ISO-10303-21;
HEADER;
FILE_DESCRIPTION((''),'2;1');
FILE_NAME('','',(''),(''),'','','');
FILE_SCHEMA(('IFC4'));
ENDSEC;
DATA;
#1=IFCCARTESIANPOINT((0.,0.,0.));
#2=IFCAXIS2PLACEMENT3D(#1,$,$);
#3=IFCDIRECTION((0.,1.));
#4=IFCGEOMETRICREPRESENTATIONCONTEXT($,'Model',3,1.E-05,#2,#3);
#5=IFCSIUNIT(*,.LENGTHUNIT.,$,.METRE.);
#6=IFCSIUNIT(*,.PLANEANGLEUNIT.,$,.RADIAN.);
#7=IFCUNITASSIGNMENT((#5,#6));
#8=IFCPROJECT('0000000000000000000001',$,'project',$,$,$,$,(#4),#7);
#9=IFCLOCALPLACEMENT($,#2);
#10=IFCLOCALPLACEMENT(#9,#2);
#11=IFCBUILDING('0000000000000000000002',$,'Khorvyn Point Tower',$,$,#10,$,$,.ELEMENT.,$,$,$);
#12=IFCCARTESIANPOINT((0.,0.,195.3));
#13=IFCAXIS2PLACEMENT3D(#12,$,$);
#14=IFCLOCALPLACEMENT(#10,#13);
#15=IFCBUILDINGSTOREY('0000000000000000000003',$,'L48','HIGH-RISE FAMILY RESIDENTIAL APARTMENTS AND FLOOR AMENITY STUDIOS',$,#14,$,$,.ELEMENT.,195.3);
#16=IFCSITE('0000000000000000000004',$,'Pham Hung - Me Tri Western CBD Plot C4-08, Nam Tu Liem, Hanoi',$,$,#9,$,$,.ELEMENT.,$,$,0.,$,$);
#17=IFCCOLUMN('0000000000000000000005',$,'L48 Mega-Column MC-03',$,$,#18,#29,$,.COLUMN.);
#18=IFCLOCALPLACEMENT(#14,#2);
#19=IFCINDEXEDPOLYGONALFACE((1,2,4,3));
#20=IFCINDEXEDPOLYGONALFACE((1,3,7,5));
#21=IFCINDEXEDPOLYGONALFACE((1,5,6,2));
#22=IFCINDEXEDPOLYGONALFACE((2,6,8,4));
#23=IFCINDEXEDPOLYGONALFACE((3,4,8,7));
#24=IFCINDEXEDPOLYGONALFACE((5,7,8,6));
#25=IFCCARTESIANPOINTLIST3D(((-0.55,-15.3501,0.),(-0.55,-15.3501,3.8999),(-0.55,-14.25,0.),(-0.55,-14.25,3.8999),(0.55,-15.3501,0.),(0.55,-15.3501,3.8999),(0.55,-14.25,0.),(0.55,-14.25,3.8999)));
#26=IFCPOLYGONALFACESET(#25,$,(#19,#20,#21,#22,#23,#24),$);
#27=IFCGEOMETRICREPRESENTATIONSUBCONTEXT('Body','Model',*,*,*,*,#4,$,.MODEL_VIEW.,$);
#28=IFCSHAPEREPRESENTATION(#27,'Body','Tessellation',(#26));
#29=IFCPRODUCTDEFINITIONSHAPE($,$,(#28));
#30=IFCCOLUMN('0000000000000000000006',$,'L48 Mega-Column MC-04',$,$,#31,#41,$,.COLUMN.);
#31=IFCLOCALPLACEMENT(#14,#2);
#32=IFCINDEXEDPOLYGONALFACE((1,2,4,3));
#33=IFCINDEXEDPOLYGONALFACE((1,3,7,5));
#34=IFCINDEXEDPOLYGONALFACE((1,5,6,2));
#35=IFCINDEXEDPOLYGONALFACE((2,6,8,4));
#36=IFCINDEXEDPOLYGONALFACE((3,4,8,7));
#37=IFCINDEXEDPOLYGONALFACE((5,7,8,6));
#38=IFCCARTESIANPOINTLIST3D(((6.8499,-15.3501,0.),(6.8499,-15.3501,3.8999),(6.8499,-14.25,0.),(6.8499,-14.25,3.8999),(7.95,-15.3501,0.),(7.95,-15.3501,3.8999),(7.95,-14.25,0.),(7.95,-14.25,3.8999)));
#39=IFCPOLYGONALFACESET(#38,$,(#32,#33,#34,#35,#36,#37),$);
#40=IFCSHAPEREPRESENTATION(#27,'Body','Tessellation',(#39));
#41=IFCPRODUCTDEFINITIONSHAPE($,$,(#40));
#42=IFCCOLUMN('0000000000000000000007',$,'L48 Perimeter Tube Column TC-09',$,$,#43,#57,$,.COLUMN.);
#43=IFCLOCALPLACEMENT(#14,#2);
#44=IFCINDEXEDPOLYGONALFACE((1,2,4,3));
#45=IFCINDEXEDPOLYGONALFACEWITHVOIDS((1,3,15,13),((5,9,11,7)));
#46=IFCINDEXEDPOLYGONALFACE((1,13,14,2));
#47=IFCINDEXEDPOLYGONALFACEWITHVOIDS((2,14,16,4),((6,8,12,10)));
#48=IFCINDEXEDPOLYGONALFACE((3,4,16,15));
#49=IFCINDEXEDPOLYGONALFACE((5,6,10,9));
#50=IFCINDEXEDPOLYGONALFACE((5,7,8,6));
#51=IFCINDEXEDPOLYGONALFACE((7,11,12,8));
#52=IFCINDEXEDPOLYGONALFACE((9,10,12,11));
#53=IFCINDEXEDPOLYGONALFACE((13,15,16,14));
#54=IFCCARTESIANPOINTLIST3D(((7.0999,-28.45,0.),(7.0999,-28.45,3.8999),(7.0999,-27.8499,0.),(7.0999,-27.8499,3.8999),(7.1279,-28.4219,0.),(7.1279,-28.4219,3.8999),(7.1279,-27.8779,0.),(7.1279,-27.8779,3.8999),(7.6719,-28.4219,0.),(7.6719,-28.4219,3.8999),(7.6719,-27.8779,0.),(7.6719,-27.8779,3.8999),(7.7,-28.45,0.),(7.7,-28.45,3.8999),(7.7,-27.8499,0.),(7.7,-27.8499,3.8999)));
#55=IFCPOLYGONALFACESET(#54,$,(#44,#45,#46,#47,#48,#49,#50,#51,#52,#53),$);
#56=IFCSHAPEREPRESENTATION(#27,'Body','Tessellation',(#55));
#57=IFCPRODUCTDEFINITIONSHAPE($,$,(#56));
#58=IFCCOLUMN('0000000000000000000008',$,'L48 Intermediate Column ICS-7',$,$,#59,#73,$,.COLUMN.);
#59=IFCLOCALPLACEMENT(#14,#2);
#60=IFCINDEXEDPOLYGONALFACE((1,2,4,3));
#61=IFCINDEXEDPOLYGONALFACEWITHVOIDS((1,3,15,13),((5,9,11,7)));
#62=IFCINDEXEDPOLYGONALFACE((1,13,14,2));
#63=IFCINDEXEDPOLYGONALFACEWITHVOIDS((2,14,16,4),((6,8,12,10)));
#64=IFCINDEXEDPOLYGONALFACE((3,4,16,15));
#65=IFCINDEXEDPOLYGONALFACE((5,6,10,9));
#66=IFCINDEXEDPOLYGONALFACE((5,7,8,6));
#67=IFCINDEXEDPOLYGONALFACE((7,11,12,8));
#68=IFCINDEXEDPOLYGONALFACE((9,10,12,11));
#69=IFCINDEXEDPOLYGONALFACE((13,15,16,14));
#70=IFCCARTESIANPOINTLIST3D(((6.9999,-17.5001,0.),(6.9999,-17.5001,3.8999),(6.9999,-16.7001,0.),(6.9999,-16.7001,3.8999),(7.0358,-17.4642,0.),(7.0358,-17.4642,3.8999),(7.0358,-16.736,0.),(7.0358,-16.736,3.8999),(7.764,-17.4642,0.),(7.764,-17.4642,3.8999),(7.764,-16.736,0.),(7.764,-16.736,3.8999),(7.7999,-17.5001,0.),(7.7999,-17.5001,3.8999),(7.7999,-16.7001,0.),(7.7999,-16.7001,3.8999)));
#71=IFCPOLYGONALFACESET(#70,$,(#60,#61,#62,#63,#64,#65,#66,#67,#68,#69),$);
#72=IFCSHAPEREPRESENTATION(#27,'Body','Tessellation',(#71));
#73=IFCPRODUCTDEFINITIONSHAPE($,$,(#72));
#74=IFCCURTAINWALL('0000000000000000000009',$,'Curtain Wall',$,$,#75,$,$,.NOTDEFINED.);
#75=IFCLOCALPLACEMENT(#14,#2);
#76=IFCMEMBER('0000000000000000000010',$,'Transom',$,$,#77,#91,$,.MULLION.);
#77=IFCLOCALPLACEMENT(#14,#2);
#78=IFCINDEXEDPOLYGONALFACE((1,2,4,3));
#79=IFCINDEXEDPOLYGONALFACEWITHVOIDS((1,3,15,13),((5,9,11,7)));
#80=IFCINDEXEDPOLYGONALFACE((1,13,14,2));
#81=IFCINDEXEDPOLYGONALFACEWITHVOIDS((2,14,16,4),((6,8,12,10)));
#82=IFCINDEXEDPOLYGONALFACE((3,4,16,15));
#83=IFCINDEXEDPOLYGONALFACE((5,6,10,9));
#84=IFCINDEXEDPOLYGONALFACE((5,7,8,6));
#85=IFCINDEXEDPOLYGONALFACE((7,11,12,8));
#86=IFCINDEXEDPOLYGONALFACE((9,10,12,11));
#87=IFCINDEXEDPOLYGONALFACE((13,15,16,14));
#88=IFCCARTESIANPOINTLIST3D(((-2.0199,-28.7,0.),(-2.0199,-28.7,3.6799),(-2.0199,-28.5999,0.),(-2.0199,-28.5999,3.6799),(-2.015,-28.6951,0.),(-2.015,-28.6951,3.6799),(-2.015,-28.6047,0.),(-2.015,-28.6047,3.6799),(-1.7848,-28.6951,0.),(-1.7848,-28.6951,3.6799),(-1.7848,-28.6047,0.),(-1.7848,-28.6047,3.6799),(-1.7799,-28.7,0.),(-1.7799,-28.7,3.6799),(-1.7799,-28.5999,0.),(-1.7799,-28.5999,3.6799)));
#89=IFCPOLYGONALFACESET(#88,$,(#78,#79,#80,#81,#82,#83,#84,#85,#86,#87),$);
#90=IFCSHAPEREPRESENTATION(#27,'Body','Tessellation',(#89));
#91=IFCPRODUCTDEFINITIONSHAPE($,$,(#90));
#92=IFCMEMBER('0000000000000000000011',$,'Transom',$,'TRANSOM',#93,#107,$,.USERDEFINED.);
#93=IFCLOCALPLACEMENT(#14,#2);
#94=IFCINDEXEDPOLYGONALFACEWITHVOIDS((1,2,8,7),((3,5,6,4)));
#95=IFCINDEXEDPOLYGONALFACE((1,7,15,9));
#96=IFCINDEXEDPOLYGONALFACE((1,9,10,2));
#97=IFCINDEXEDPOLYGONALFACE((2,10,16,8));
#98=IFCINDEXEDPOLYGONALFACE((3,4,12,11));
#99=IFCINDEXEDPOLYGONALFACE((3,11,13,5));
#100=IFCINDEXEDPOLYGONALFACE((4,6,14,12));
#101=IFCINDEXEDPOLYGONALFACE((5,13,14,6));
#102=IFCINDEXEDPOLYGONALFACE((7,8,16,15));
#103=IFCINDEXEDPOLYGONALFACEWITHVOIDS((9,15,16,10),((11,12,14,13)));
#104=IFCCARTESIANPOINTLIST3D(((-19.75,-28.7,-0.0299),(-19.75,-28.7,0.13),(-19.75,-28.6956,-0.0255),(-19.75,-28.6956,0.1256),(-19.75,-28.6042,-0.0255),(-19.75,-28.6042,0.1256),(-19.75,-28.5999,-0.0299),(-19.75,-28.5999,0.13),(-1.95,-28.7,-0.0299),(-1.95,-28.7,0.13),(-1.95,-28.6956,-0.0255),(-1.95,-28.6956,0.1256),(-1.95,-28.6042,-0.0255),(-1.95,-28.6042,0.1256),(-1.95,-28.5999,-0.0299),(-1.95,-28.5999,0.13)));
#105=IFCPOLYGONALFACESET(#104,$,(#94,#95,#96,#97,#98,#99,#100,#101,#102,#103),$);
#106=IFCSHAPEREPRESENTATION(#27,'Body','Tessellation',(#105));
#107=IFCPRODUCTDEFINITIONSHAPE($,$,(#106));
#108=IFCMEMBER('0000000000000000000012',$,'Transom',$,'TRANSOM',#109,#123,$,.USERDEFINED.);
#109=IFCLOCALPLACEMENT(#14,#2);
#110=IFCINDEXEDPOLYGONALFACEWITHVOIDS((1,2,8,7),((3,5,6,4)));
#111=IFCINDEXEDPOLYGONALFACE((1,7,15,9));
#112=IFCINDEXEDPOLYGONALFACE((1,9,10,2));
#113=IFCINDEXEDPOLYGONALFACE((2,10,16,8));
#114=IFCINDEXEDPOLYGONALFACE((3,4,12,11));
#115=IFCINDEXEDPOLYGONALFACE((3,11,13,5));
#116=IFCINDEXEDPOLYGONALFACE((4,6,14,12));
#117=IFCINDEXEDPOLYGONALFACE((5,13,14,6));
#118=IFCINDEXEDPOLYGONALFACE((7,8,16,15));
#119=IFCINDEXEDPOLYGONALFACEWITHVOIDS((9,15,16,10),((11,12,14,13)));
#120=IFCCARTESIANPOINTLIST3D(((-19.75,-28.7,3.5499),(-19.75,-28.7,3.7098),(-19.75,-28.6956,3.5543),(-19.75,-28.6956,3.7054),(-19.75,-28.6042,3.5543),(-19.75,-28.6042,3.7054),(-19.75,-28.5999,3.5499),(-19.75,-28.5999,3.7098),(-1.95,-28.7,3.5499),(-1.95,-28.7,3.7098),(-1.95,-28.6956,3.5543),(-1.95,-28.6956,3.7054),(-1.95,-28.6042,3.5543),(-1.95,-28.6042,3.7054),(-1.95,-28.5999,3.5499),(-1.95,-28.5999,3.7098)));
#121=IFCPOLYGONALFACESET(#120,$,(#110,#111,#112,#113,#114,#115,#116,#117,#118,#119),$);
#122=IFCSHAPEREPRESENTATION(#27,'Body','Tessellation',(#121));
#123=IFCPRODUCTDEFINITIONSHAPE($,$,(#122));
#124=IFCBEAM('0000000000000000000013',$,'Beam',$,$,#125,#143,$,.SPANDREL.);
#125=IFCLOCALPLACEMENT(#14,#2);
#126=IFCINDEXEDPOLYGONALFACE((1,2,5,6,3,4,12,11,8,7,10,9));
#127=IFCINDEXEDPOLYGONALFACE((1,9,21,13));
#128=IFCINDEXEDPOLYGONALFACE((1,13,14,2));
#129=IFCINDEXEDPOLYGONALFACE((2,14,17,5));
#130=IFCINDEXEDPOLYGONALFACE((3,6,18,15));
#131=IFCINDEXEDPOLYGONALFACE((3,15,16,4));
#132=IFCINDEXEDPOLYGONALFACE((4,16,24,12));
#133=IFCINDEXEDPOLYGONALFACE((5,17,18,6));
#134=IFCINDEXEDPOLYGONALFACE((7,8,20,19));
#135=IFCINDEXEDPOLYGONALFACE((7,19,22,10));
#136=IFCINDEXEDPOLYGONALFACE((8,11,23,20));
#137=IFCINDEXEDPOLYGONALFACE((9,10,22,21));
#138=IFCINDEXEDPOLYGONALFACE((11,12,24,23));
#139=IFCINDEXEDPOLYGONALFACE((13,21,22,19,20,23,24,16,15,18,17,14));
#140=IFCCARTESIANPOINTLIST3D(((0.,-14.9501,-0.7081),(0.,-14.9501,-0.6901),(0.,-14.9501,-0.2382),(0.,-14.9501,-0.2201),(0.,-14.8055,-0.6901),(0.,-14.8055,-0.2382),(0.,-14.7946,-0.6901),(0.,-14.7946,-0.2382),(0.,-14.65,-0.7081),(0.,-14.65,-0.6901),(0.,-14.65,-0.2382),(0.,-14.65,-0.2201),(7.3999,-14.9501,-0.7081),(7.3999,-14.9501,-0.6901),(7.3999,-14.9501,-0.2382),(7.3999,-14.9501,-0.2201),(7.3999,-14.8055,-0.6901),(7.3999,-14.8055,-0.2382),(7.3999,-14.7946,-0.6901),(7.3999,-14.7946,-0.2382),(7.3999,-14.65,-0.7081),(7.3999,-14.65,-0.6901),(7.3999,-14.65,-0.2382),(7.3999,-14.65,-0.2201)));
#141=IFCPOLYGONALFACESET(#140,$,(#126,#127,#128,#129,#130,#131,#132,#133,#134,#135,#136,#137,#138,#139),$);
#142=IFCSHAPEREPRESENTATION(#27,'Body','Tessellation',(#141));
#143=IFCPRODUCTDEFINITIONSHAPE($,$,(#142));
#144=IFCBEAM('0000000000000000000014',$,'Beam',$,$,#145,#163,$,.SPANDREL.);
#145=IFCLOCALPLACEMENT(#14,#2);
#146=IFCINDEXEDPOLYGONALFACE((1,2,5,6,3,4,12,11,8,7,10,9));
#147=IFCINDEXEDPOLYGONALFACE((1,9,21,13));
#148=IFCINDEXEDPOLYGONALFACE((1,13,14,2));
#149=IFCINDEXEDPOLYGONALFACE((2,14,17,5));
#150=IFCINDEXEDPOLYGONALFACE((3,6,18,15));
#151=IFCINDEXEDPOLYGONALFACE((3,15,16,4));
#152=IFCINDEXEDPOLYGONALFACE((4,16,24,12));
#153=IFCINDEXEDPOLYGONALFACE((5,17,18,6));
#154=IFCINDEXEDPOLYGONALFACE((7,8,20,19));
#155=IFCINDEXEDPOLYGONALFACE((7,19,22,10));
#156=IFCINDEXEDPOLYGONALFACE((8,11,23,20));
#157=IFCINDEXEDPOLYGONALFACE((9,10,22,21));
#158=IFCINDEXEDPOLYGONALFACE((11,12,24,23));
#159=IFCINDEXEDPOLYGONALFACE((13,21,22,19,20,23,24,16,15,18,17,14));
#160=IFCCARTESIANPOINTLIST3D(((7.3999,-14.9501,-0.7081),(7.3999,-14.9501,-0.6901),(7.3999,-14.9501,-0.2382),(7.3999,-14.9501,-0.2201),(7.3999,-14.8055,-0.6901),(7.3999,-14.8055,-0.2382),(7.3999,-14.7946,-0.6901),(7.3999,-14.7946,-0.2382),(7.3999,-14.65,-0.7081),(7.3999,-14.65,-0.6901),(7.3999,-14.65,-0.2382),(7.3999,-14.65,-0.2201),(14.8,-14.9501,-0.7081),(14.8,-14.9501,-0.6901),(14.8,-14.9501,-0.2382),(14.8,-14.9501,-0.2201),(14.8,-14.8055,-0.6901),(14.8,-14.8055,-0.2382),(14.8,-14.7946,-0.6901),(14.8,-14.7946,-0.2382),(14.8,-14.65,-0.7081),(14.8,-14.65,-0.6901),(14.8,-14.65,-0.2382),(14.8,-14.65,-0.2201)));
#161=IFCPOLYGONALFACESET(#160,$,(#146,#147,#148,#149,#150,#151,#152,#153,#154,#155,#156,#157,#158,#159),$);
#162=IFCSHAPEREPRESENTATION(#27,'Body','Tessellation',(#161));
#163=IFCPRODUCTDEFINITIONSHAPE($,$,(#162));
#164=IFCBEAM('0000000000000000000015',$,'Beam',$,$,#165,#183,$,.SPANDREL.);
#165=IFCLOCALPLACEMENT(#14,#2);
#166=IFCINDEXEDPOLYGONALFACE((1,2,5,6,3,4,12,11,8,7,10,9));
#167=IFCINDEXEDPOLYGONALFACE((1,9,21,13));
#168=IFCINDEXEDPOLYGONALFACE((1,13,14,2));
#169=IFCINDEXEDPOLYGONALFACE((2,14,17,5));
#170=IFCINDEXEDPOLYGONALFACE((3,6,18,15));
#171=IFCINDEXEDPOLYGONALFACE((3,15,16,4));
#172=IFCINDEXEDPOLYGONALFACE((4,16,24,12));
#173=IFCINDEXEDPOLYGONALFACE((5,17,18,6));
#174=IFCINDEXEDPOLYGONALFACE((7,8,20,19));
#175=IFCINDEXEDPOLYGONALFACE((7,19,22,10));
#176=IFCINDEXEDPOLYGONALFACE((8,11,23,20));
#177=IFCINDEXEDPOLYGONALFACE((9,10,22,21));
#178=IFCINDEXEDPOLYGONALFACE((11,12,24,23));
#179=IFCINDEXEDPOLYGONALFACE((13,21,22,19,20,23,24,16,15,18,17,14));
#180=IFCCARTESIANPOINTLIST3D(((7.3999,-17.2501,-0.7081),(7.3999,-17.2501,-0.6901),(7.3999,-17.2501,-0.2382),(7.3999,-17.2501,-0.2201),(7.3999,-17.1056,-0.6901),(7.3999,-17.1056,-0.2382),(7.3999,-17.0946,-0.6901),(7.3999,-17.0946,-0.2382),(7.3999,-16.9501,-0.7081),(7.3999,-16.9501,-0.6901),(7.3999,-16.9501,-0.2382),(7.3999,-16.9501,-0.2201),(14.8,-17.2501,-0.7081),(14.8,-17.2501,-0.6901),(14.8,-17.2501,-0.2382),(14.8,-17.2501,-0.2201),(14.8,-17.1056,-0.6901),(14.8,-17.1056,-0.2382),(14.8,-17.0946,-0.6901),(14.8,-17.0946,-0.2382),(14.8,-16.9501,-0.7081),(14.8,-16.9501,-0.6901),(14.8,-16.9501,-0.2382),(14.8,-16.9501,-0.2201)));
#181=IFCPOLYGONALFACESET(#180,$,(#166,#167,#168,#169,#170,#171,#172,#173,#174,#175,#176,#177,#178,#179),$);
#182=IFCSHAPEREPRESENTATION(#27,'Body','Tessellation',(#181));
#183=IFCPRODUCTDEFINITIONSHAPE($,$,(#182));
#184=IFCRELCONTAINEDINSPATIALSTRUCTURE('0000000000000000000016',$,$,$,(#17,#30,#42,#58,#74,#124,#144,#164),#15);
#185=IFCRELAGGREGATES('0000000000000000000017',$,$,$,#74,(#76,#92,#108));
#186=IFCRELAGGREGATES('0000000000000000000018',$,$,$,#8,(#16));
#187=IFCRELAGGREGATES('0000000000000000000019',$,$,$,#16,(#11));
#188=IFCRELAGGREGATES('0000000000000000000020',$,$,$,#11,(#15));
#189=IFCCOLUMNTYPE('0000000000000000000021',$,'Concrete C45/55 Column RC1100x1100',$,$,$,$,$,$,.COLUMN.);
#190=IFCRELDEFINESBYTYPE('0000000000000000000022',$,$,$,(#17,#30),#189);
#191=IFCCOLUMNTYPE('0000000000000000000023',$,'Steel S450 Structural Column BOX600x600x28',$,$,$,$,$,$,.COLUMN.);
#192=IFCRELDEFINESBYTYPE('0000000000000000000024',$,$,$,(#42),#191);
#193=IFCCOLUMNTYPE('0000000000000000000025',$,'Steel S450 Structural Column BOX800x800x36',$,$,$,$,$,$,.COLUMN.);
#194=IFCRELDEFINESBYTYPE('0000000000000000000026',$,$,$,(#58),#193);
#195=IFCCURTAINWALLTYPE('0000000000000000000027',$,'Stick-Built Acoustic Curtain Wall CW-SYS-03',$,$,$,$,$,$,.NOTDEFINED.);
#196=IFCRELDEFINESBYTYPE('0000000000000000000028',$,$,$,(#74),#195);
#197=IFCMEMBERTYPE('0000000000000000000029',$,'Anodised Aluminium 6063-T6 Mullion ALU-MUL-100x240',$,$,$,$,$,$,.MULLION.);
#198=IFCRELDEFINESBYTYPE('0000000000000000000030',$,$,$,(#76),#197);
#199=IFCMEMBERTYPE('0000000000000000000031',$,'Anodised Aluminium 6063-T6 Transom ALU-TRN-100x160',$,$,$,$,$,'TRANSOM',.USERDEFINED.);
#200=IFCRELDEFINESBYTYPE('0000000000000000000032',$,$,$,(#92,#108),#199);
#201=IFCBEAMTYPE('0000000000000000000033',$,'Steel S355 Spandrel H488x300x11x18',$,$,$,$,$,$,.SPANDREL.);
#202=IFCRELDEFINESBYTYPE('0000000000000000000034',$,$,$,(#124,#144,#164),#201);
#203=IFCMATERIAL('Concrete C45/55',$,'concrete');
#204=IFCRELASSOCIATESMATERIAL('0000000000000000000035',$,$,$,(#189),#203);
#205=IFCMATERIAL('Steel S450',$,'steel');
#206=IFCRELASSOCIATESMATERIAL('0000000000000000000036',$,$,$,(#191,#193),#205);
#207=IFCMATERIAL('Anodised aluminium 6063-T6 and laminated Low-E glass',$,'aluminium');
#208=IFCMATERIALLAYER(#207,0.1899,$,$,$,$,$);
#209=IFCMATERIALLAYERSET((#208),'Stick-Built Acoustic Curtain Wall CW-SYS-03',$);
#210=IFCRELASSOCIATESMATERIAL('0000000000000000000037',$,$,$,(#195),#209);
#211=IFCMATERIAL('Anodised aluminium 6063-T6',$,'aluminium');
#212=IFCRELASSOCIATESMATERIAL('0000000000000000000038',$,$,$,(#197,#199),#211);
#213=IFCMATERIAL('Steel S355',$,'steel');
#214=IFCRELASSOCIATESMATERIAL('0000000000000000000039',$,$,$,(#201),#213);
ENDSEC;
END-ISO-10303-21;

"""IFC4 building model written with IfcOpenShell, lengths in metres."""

from ifc_helpers import new_model, si_unit, direction, frame, origin, origin_2d, place, context, subcontext, project, spatial, rectangle, hollow_rectangle, i_section, extrude, material, layer, layer_set, material_profile, profile_set, type_object, element, aggregate, save


model = new_model("IFC4")

# Units and contexts
model_context = context("Model", 3, precision=1e-05, world=origin(), true_north=direction((0.0, 1.0)))
body_context = subcontext(model_context, "Body", "Model", "MODEL_VIEW")
ifc_project = project(units=[si_unit("LENGTHUNIT", "METRE"), si_unit("PLANEANGLEUNIT", "RADIAN")], contexts=[model_context])

# Site, building, storey
site_placement = place(None, origin())
site = spatial("IfcSite", under=ifc_project, at=site_placement, Name="Pham Hung - Me Tri Western CBD Plot C4-08, Nam Tu Liem, Hanoi", CompositionType="ELEMENT", RefElevation=0.0)
building_placement = place(site_placement, origin())
building = spatial("IfcBuilding", under=site, at=building_placement, Name="Khorvyn Point Tower", CompositionType="ELEMENT")
storey_placement = place(building_placement, frame((0.0, 0.0, 195.3)))
storey = spatial("IfcBuildingStorey", under=building, at=storey_placement, Name="L48", Description="HIGH-RISE FAMILY RESIDENTIAL APARTMENTS AND FLOOR AMENITY STUDIOS", CompositionType="ELEMENT", Elevation=195.3)

# Columns
ifc_material_1 = material(Name="Concrete C45/55", Category="concrete")
ifc_material_profile_1 = material_profile(ifc_material_1, rectangle(XDim=1.1001, YDim=1.1001, at=origin_2d()))
ifc_profile_set_1 = profile_set([ifc_material_profile_1], Name="Concrete C45/55 RC1100x1100")
column_type_1 = type_object("IfcColumnType", Name="Concrete C45/55 Column RC1100x1100", PredefinedType="COLUMN", material=ifc_profile_set_1)
for number, where, z_axis, x_axis, name in (
    (1, (0.0, -14.8, 0.0), (0.0, 0.0, 1.0), (1.0, 0.0, 0.0), "L48 Mega-Column MC-03"),
    (2, (7.3999, -14.8, 0.0), (0.0, 0.0, 1.0), (1.0, 0.0, 0.0), "L48 Mega-Column MC-04"),
):
    element("IfcColumn", number, at=place(storey_placement, frame(where, z_axis=z_axis, x_axis=x_axis)), inside=storey, type_object=column_type_1, Name=name, PredefinedType="COLUMN", context=body_context, shape_type="SweptSolid", body=[
        extrude(rectangle(XDim=1.1001, YDim=1.1001, at=origin_2d()), origin(), (0.0, 0.0, 1.0), 3.8999),
    ])
ifc_material_2 = material(Name="Steel S450", Category="steel")
ifc_material_profile_2 = material_profile(ifc_material_2, hollow_rectangle(XDim=0.6001, YDim=0.6001, WallThickness=0.0281, at=origin_2d()))
ifc_profile_set_2 = profile_set([ifc_material_profile_2], Name="Steel S450 BOX600x600x28")
column_type_2 = type_object("IfcColumnType", Name="Steel S450 Structural Column BOX600x600x28", PredefinedType="COLUMN", material=ifc_profile_set_2)
column_1_placement = place(storey_placement, frame((7.3999, -28.1499, 0.0), z_axis=(0.0, 0.0, 1.0), x_axis=(1.0, 0.0, 0.0)))
element("IfcColumn", 3, at=column_1_placement, inside=storey, type_object=column_type_2, Name="L48 Perimeter Tube Column TC-09", PredefinedType="COLUMN", context=body_context, shape_type="SweptSolid", body=[
    extrude(hollow_rectangle(XDim=0.6001, YDim=0.6001, WallThickness=0.0281, at=origin_2d()), origin(), (0.0, 0.0, 1.0), 3.8999),
])
ifc_material_profile_3 = material_profile(ifc_material_2, hollow_rectangle(XDim=0.8, YDim=0.8, WallThickness=0.0359, at=origin_2d()))
ifc_profile_set_3 = profile_set([ifc_material_profile_3], Name="Steel S450 BOX800x800x36")
column_type_3 = type_object("IfcColumnType", Name="Steel S450 Structural Column BOX800x800x36", PredefinedType="COLUMN", material=ifc_profile_set_3)
column_2_placement = place(storey_placement, frame((7.3999, -17.1001, 0.0), z_axis=(0.0, 0.0, 1.0), x_axis=(1.0, 0.0, 0.0)))
element("IfcColumn", 4, at=column_2_placement, inside=storey, type_object=column_type_3, Name="L48 Intermediate Column ICS-7", PredefinedType="COLUMN", context=body_context, shape_type="SweptSolid", body=[
    extrude(hollow_rectangle(XDim=0.8, YDim=0.8, WallThickness=0.0359, at=origin_2d()), origin(), (0.0, 0.0, 1.0), 3.8999),
])

# Curtain wall, members
ifc_material_3 = material(Name="Anodised aluminium 6063-T6 and laminated Low-E glass", Category="aluminium")
ifc_layer_1 = layer(ifc_material_3, 0.1899)
ifc_layer_set_1 = layer_set([ifc_layer_1], Name="Stick-Built Acoustic Curtain Wall CW-SYS-03")
curtain_wall_type = type_object("IfcCurtainWallType", Name="Stick-Built Acoustic Curtain Wall CW-SYS-03", PredefinedType="NOTDEFINED", material=ifc_layer_set_1)
curtain_wall_placement = place(storey_placement, origin())
curtain_wall = element("IfcCurtainWall", 5, at=curtain_wall_placement, inside=storey, type_object=curtain_wall_type, Name="Curtain Wall", PredefinedType="NOTDEFINED")
ifc_material_4 = material(Name="Anodised aluminium 6063-T6", Category="aluminium")
ifc_material_profile_4 = material_profile(ifc_material_4, hollow_rectangle(XDim=0.1001, YDim=0.24, WallThickness=0.0049, at=origin_2d()))
ifc_profile_set_4 = profile_set([ifc_material_profile_4], Name="Anodised aluminium 6063-T6 ALU-MUL-100x240")
member_type_1 = type_object("IfcMemberType", Name="Anodised Aluminium 6063-T6 Mullion ALU-MUL-100x240", PredefinedType="MULLION", material=ifc_profile_set_4)
member_1_placement = place(storey_placement, frame((-1.8999, -28.6499, 0.0), z_axis=(0.0, 0.0, 1.0), x_axis=(0.0, -1.0, 0.0)))
member_1 = element("IfcMember", 6, at=member_1_placement, type_object=member_type_1, Name="Transom", PredefinedType="MULLION", context=body_context, shape_type="SweptSolid", body=[
    extrude(hollow_rectangle(XDim=0.1001, YDim=0.24, WallThickness=0.0049, at=origin_2d()), origin(), (0.0, 0.0, 1.0), 3.6799),
])
ifc_material_profile_5 = material_profile(ifc_material_4, hollow_rectangle(XDim=0.1001, YDim=0.1599, WallThickness=0.0044, at=origin_2d()))
ifc_profile_set_5 = profile_set([ifc_material_profile_5], Name="Anodised aluminium 6063-T6 ALU-TRN-100x160")
member_type_2 = type_object("IfcMemberType", Name="Anodised Aluminium 6063-T6 Transom ALU-TRN-100x160", ElementType="TRANSOM", PredefinedType="USERDEFINED", material=ifc_profile_set_5)
member_2_placement = place(storey_placement, frame((-1.95, -28.6499, 0.05), z_axis=(-1.0, 0.0, 0.0), x_axis=(0.0, -1.0, 0.0)))
member_2 = element("IfcMember", 7, at=member_2_placement, type_object=member_type_2, Name="Transom", ObjectType="TRANSOM", PredefinedType="USERDEFINED", context=body_context, shape_type="SweptSolid", body=[
    extrude(hollow_rectangle(XDim=0.1001, YDim=0.1599, WallThickness=0.0044, at=origin_2d()), origin(), (0.0, 0.0, 1.0), 17.8),
])
member_3_placement = place(storey_placement, frame((-1.95, -28.6499, 3.6299), z_axis=(-1.0, 0.0, 0.0), x_axis=(0.0, -1.0, 0.0)))
member_3 = element("IfcMember", 8, at=member_3_placement, type_object=member_type_2, Name="Transom", ObjectType="TRANSOM", PredefinedType="USERDEFINED", context=body_context, shape_type="SweptSolid", body=[
    extrude(hollow_rectangle(XDim=0.1001, YDim=0.1599, WallThickness=0.0044, at=origin_2d()), origin(), (0.0, 0.0, 1.0), 17.8),
])

# Beams
ifc_material_5 = material(Name="Steel S355", Category="steel")
ifc_material_profile_6 = material_profile(ifc_material_5, i_section(OverallWidth=0.3, OverallDepth=0.488, WebThickness=0.011, FlangeThickness=0.0181, at=origin_2d()))
ifc_profile_set_6 = profile_set([ifc_material_profile_6], Name="Steel S355 H488x300x11x18")
beam_type_1 = type_object("IfcBeamType", Name="Steel S355 Spandrel H488x300x11x18", PredefinedType="SPANDREL", material=ifc_profile_set_6)
beam_1_placement = place(storey_placement, frame((0.0, -14.8, -0.4641), z_axis=(1.0, 0.0, 0.0), x_axis=(0.0, 1.0, 0.0)))
element("IfcBeam", 9, at=beam_1_placement, inside=storey, type_object=beam_type_1, Name="Beam", PredefinedType="SPANDREL", context=body_context, shape_type="SweptSolid", body=[
    extrude(i_section(OverallWidth=0.3, OverallDepth=0.488, WebThickness=0.011, FlangeThickness=0.0181, at=origin_2d()), origin(), (0.0, 0.0, 1.0), 7.3999),
])
for number, where, z_axis, x_axis, name in (
    (10, (7.3999, -14.8, -0.4641), (1.0, 0.0, 0.0), (0.0, 1.0, 0.0), "Beam"),
    (11, (7.3999, -17.1001, -0.4641), (1.0, 0.0, 0.0), (0.0, 1.0, 0.0), "Beam"),
):
    element("IfcBeam", number, at=place(storey_placement, frame(where, z_axis=z_axis, x_axis=x_axis)), inside=storey, type_object=beam_type_1, Name=name, PredefinedType="SPANDREL", context=body_context, shape_type="SweptSolid", body=[
        extrude(i_section(OverallWidth=0.3, OverallDepth=0.488, WebThickness=0.011, FlangeThickness=0.0181, at=origin_2d()), origin(), (0.0, 0.0, 1.0), 7.4001),
    ])

aggregate(curtain_wall, [member_1, member_2, member_3])

save(model, "model.ifc")
